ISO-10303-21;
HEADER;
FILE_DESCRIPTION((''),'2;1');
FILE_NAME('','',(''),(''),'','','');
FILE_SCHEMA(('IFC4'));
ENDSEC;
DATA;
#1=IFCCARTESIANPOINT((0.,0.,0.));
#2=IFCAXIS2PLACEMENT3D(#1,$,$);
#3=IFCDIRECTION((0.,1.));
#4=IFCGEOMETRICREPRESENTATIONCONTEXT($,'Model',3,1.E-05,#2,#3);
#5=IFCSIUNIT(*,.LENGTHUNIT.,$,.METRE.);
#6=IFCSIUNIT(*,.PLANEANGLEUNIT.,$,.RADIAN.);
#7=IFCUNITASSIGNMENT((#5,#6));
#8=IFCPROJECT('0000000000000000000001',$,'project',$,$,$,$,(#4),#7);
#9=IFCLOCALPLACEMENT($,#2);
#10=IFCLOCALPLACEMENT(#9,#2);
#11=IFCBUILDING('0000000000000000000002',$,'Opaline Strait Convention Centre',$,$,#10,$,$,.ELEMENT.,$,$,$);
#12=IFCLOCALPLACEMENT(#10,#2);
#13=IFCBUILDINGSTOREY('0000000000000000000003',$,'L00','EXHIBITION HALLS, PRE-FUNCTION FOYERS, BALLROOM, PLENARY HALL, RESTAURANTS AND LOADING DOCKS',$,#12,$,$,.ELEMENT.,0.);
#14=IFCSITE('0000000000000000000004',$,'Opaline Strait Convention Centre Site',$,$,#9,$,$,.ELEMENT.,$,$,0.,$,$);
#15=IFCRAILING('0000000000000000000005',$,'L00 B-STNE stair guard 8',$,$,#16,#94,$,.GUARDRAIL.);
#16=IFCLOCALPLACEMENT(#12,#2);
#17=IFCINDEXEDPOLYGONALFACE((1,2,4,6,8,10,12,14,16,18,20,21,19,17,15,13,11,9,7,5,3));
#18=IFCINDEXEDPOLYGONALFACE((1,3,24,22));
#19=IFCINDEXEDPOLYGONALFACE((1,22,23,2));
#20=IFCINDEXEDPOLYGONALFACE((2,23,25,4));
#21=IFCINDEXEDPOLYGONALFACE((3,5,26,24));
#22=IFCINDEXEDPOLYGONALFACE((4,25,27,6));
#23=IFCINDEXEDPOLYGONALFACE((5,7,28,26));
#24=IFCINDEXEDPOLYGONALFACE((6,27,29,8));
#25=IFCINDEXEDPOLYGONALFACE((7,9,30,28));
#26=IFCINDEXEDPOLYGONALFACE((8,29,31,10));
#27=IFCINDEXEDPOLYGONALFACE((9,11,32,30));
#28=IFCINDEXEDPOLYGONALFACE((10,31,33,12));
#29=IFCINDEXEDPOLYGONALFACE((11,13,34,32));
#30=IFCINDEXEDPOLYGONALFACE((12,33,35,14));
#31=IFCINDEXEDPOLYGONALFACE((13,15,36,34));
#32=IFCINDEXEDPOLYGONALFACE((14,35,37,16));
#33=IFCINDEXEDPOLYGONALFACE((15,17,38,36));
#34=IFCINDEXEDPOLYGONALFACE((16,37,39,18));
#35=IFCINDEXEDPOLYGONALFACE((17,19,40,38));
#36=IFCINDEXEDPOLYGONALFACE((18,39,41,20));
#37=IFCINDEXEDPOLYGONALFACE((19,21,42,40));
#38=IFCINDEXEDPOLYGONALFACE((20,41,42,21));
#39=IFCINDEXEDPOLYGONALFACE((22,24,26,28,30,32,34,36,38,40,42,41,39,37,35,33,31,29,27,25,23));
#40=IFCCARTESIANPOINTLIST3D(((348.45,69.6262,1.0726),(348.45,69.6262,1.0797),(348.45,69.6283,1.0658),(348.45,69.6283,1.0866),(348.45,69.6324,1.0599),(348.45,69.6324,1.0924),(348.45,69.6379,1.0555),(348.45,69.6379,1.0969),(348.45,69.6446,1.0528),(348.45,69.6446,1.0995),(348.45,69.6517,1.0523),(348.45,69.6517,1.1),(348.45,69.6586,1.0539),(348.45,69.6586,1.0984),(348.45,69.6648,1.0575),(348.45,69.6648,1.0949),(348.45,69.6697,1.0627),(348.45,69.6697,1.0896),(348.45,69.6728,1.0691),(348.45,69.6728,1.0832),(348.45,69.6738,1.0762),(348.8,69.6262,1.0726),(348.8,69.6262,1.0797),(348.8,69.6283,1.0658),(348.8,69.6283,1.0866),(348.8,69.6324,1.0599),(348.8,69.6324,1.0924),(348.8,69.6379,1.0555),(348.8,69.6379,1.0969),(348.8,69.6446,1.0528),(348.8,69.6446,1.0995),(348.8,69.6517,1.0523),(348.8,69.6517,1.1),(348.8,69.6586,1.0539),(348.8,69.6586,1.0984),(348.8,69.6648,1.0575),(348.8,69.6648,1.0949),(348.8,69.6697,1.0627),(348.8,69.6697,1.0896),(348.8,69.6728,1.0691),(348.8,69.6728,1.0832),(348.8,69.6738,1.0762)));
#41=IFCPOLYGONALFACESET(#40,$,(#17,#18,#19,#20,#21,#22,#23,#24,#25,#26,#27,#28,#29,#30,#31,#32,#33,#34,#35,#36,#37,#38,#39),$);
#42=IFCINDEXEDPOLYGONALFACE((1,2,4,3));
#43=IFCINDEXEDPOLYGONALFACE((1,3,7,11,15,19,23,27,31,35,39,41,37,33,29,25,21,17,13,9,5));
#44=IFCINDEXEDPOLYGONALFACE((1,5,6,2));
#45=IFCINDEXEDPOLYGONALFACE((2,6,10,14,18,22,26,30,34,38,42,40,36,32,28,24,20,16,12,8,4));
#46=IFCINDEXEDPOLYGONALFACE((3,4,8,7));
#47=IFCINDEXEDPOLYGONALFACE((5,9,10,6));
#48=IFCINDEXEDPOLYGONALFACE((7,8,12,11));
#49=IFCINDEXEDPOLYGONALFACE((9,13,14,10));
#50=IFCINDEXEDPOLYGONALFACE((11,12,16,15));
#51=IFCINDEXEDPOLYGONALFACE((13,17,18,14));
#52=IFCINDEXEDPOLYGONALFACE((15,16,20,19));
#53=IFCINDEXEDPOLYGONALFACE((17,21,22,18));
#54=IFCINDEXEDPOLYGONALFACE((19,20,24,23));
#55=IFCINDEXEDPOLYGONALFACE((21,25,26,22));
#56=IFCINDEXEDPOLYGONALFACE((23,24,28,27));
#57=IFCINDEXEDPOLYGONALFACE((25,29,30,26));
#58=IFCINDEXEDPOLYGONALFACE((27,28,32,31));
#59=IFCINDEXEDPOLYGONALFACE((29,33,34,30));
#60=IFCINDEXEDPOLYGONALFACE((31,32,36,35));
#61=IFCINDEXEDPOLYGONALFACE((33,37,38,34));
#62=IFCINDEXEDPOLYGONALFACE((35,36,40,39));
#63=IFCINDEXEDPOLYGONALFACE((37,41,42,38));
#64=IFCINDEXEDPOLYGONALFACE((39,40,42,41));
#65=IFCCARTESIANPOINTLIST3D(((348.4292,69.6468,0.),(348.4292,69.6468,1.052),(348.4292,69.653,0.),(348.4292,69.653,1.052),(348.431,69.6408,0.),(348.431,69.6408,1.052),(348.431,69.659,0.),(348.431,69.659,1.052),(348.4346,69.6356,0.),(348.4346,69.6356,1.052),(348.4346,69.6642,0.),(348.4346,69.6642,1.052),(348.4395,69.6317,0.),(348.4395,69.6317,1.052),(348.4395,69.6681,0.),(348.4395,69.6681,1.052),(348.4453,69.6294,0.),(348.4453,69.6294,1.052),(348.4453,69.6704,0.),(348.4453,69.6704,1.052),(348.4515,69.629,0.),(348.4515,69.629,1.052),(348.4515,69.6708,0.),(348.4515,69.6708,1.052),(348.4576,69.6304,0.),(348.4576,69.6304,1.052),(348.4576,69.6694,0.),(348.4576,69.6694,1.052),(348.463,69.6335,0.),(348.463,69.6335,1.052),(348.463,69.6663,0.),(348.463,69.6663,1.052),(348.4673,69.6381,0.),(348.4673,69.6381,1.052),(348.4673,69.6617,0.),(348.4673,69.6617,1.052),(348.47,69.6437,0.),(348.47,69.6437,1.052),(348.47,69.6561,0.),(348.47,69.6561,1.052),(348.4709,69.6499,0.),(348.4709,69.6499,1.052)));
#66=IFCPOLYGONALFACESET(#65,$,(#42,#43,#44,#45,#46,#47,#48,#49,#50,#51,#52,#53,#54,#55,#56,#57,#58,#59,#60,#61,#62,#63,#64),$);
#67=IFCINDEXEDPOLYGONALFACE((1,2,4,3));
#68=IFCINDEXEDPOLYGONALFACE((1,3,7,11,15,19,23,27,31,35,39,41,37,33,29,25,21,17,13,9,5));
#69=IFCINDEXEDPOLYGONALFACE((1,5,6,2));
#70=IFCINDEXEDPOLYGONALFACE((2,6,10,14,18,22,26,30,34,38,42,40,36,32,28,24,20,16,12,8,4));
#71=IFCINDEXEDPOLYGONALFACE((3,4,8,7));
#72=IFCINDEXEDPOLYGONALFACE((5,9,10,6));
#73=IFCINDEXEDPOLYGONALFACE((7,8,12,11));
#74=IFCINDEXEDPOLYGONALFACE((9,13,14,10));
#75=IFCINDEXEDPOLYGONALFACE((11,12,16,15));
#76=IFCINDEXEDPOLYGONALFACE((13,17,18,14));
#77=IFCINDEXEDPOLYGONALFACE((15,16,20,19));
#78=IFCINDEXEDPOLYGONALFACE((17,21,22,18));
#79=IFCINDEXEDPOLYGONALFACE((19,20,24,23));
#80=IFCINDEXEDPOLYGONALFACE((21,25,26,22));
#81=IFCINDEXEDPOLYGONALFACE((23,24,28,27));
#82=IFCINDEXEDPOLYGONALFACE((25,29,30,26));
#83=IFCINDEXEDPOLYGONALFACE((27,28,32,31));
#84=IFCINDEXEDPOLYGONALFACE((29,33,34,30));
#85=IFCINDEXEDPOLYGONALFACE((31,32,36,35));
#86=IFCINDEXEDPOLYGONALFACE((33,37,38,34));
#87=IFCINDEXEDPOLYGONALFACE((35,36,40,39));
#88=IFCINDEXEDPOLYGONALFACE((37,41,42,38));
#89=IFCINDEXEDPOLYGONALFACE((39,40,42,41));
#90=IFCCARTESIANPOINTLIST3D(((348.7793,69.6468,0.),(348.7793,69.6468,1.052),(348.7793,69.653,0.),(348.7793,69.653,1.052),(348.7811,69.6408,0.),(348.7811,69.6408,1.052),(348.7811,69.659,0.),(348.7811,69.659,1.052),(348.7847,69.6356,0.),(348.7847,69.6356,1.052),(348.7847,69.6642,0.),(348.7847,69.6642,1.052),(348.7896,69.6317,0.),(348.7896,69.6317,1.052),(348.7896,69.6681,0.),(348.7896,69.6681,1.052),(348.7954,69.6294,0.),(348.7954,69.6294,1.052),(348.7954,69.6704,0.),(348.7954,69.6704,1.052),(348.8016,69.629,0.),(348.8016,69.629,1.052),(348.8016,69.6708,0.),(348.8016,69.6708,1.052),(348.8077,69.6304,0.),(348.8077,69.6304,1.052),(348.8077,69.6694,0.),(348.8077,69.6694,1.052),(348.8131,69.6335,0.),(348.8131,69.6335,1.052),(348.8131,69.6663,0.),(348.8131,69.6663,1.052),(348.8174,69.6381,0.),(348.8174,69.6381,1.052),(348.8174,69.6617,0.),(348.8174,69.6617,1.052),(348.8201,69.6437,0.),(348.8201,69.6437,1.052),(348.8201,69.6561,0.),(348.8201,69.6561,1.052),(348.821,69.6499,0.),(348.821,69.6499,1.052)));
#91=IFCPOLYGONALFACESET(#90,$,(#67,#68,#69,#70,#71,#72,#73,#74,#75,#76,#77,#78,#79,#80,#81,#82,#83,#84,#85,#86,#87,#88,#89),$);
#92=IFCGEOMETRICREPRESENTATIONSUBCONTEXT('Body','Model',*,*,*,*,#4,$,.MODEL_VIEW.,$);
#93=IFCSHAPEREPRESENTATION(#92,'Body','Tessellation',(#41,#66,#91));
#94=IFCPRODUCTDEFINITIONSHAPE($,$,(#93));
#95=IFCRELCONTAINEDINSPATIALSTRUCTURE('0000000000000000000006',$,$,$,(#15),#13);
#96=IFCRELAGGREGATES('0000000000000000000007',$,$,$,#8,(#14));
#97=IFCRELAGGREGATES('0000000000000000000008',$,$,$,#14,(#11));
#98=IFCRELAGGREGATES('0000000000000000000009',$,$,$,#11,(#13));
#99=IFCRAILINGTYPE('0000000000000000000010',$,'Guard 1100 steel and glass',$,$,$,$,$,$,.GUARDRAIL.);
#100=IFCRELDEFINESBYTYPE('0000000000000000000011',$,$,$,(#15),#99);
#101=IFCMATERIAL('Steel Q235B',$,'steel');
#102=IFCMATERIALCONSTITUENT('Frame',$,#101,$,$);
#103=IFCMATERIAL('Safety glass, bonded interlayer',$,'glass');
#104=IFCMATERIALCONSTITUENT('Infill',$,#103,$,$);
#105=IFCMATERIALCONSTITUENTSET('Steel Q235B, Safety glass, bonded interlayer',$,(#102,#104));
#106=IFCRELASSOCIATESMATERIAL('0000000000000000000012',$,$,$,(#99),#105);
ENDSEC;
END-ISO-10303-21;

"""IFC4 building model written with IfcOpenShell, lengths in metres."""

from ifc_helpers import new_model, si_unit, direction, frame, origin, origin_2d, place, context, subcontext, project, spatial, circle, extrude, material, constituent, constituent_set, type_object, element, save


model = new_model("IFC4")

# Units and contexts
model_context = context("Model", 3, precision=1e-05, world=origin(), true_north=direction((0.0, 1.0)))
body_context = subcontext(model_context, "Body", "Model", "MODEL_VIEW")
ifc_project = project(units=[si_unit("LENGTHUNIT", "METRE"), si_unit("PLANEANGLEUNIT", "RADIAN")], contexts=[model_context])

# Site, building, storey
site_placement = place(None, origin())
site = spatial("IfcSite", under=ifc_project, at=site_placement, Name="Opaline Strait Convention Centre Site", CompositionType="ELEMENT", RefElevation=0.0)
building_placement = place(site_placement, origin())
building = spatial("IfcBuilding", under=site, at=building_placement, Name="Opaline Strait Convention Centre", CompositionType="ELEMENT")
storey_placement = place(building_placement, origin())
storey = spatial("IfcBuildingStorey", under=building, at=storey_placement, Name="L00", Description="EXHIBITION HALLS, PRE-FUNCTION FOYERS, BALLROOM, PLENARY HALL, RESTAURANTS AND LOADING DOCKS", CompositionType="ELEMENT", Elevation=0.0)

# Shared definitions
ifc_material_1 = material(Name="Steel Q235B", Category="steel")

# Railing
ifc_constituent_1 = constituent(ifc_material_1, Name="Frame")
ifc_material_2 = material(Name="Safety glass, bonded interlayer", Category="glass")
ifc_constituent_2 = constituent(ifc_material_2, Name="Infill")
ifc_constituent_set = constituent_set(constituents=[ifc_constituent_1, ifc_constituent_2], Name="Steel Q235B, Safety glass, bonded interlayer")
railing_type_1 = type_object("IfcRailingType", Name="Guard 1100 steel and glass", PredefinedType="GUARDRAIL", material=ifc_constituent_set)
railing_1_placement = place(storey_placement, frame((348.45, 69.6499, 0.0)))
element("IfcRailing", 1, at=railing_1_placement, inside=storey, type_object=railing_type_1, Name="L00 B-STNE stair guard 8", PredefinedType="GUARDRAIL", context=body_context, shape_type="SweptSolid", body=[
    extrude(circle(Radius=0.0239, at=origin_2d()), frame((0.0, 0.0, 1.0762), z_axis=(1.0, 0.0, 0.0), x_axis=(0.0, 1.0, 0.0)), (0.0, 0.0, 1.0), 0.3501),
    extrude(circle(Radius=0.021, at=origin_2d()), origin(), (0.0, 0.0, 1.0), 1.052),
    extrude(circle(Radius=0.021, at=origin_2d()), frame((0.3501, 0.0, 0.0)), (0.0, 0.0, 1.0), 1.052),
])

save(model, "model.ifc")
